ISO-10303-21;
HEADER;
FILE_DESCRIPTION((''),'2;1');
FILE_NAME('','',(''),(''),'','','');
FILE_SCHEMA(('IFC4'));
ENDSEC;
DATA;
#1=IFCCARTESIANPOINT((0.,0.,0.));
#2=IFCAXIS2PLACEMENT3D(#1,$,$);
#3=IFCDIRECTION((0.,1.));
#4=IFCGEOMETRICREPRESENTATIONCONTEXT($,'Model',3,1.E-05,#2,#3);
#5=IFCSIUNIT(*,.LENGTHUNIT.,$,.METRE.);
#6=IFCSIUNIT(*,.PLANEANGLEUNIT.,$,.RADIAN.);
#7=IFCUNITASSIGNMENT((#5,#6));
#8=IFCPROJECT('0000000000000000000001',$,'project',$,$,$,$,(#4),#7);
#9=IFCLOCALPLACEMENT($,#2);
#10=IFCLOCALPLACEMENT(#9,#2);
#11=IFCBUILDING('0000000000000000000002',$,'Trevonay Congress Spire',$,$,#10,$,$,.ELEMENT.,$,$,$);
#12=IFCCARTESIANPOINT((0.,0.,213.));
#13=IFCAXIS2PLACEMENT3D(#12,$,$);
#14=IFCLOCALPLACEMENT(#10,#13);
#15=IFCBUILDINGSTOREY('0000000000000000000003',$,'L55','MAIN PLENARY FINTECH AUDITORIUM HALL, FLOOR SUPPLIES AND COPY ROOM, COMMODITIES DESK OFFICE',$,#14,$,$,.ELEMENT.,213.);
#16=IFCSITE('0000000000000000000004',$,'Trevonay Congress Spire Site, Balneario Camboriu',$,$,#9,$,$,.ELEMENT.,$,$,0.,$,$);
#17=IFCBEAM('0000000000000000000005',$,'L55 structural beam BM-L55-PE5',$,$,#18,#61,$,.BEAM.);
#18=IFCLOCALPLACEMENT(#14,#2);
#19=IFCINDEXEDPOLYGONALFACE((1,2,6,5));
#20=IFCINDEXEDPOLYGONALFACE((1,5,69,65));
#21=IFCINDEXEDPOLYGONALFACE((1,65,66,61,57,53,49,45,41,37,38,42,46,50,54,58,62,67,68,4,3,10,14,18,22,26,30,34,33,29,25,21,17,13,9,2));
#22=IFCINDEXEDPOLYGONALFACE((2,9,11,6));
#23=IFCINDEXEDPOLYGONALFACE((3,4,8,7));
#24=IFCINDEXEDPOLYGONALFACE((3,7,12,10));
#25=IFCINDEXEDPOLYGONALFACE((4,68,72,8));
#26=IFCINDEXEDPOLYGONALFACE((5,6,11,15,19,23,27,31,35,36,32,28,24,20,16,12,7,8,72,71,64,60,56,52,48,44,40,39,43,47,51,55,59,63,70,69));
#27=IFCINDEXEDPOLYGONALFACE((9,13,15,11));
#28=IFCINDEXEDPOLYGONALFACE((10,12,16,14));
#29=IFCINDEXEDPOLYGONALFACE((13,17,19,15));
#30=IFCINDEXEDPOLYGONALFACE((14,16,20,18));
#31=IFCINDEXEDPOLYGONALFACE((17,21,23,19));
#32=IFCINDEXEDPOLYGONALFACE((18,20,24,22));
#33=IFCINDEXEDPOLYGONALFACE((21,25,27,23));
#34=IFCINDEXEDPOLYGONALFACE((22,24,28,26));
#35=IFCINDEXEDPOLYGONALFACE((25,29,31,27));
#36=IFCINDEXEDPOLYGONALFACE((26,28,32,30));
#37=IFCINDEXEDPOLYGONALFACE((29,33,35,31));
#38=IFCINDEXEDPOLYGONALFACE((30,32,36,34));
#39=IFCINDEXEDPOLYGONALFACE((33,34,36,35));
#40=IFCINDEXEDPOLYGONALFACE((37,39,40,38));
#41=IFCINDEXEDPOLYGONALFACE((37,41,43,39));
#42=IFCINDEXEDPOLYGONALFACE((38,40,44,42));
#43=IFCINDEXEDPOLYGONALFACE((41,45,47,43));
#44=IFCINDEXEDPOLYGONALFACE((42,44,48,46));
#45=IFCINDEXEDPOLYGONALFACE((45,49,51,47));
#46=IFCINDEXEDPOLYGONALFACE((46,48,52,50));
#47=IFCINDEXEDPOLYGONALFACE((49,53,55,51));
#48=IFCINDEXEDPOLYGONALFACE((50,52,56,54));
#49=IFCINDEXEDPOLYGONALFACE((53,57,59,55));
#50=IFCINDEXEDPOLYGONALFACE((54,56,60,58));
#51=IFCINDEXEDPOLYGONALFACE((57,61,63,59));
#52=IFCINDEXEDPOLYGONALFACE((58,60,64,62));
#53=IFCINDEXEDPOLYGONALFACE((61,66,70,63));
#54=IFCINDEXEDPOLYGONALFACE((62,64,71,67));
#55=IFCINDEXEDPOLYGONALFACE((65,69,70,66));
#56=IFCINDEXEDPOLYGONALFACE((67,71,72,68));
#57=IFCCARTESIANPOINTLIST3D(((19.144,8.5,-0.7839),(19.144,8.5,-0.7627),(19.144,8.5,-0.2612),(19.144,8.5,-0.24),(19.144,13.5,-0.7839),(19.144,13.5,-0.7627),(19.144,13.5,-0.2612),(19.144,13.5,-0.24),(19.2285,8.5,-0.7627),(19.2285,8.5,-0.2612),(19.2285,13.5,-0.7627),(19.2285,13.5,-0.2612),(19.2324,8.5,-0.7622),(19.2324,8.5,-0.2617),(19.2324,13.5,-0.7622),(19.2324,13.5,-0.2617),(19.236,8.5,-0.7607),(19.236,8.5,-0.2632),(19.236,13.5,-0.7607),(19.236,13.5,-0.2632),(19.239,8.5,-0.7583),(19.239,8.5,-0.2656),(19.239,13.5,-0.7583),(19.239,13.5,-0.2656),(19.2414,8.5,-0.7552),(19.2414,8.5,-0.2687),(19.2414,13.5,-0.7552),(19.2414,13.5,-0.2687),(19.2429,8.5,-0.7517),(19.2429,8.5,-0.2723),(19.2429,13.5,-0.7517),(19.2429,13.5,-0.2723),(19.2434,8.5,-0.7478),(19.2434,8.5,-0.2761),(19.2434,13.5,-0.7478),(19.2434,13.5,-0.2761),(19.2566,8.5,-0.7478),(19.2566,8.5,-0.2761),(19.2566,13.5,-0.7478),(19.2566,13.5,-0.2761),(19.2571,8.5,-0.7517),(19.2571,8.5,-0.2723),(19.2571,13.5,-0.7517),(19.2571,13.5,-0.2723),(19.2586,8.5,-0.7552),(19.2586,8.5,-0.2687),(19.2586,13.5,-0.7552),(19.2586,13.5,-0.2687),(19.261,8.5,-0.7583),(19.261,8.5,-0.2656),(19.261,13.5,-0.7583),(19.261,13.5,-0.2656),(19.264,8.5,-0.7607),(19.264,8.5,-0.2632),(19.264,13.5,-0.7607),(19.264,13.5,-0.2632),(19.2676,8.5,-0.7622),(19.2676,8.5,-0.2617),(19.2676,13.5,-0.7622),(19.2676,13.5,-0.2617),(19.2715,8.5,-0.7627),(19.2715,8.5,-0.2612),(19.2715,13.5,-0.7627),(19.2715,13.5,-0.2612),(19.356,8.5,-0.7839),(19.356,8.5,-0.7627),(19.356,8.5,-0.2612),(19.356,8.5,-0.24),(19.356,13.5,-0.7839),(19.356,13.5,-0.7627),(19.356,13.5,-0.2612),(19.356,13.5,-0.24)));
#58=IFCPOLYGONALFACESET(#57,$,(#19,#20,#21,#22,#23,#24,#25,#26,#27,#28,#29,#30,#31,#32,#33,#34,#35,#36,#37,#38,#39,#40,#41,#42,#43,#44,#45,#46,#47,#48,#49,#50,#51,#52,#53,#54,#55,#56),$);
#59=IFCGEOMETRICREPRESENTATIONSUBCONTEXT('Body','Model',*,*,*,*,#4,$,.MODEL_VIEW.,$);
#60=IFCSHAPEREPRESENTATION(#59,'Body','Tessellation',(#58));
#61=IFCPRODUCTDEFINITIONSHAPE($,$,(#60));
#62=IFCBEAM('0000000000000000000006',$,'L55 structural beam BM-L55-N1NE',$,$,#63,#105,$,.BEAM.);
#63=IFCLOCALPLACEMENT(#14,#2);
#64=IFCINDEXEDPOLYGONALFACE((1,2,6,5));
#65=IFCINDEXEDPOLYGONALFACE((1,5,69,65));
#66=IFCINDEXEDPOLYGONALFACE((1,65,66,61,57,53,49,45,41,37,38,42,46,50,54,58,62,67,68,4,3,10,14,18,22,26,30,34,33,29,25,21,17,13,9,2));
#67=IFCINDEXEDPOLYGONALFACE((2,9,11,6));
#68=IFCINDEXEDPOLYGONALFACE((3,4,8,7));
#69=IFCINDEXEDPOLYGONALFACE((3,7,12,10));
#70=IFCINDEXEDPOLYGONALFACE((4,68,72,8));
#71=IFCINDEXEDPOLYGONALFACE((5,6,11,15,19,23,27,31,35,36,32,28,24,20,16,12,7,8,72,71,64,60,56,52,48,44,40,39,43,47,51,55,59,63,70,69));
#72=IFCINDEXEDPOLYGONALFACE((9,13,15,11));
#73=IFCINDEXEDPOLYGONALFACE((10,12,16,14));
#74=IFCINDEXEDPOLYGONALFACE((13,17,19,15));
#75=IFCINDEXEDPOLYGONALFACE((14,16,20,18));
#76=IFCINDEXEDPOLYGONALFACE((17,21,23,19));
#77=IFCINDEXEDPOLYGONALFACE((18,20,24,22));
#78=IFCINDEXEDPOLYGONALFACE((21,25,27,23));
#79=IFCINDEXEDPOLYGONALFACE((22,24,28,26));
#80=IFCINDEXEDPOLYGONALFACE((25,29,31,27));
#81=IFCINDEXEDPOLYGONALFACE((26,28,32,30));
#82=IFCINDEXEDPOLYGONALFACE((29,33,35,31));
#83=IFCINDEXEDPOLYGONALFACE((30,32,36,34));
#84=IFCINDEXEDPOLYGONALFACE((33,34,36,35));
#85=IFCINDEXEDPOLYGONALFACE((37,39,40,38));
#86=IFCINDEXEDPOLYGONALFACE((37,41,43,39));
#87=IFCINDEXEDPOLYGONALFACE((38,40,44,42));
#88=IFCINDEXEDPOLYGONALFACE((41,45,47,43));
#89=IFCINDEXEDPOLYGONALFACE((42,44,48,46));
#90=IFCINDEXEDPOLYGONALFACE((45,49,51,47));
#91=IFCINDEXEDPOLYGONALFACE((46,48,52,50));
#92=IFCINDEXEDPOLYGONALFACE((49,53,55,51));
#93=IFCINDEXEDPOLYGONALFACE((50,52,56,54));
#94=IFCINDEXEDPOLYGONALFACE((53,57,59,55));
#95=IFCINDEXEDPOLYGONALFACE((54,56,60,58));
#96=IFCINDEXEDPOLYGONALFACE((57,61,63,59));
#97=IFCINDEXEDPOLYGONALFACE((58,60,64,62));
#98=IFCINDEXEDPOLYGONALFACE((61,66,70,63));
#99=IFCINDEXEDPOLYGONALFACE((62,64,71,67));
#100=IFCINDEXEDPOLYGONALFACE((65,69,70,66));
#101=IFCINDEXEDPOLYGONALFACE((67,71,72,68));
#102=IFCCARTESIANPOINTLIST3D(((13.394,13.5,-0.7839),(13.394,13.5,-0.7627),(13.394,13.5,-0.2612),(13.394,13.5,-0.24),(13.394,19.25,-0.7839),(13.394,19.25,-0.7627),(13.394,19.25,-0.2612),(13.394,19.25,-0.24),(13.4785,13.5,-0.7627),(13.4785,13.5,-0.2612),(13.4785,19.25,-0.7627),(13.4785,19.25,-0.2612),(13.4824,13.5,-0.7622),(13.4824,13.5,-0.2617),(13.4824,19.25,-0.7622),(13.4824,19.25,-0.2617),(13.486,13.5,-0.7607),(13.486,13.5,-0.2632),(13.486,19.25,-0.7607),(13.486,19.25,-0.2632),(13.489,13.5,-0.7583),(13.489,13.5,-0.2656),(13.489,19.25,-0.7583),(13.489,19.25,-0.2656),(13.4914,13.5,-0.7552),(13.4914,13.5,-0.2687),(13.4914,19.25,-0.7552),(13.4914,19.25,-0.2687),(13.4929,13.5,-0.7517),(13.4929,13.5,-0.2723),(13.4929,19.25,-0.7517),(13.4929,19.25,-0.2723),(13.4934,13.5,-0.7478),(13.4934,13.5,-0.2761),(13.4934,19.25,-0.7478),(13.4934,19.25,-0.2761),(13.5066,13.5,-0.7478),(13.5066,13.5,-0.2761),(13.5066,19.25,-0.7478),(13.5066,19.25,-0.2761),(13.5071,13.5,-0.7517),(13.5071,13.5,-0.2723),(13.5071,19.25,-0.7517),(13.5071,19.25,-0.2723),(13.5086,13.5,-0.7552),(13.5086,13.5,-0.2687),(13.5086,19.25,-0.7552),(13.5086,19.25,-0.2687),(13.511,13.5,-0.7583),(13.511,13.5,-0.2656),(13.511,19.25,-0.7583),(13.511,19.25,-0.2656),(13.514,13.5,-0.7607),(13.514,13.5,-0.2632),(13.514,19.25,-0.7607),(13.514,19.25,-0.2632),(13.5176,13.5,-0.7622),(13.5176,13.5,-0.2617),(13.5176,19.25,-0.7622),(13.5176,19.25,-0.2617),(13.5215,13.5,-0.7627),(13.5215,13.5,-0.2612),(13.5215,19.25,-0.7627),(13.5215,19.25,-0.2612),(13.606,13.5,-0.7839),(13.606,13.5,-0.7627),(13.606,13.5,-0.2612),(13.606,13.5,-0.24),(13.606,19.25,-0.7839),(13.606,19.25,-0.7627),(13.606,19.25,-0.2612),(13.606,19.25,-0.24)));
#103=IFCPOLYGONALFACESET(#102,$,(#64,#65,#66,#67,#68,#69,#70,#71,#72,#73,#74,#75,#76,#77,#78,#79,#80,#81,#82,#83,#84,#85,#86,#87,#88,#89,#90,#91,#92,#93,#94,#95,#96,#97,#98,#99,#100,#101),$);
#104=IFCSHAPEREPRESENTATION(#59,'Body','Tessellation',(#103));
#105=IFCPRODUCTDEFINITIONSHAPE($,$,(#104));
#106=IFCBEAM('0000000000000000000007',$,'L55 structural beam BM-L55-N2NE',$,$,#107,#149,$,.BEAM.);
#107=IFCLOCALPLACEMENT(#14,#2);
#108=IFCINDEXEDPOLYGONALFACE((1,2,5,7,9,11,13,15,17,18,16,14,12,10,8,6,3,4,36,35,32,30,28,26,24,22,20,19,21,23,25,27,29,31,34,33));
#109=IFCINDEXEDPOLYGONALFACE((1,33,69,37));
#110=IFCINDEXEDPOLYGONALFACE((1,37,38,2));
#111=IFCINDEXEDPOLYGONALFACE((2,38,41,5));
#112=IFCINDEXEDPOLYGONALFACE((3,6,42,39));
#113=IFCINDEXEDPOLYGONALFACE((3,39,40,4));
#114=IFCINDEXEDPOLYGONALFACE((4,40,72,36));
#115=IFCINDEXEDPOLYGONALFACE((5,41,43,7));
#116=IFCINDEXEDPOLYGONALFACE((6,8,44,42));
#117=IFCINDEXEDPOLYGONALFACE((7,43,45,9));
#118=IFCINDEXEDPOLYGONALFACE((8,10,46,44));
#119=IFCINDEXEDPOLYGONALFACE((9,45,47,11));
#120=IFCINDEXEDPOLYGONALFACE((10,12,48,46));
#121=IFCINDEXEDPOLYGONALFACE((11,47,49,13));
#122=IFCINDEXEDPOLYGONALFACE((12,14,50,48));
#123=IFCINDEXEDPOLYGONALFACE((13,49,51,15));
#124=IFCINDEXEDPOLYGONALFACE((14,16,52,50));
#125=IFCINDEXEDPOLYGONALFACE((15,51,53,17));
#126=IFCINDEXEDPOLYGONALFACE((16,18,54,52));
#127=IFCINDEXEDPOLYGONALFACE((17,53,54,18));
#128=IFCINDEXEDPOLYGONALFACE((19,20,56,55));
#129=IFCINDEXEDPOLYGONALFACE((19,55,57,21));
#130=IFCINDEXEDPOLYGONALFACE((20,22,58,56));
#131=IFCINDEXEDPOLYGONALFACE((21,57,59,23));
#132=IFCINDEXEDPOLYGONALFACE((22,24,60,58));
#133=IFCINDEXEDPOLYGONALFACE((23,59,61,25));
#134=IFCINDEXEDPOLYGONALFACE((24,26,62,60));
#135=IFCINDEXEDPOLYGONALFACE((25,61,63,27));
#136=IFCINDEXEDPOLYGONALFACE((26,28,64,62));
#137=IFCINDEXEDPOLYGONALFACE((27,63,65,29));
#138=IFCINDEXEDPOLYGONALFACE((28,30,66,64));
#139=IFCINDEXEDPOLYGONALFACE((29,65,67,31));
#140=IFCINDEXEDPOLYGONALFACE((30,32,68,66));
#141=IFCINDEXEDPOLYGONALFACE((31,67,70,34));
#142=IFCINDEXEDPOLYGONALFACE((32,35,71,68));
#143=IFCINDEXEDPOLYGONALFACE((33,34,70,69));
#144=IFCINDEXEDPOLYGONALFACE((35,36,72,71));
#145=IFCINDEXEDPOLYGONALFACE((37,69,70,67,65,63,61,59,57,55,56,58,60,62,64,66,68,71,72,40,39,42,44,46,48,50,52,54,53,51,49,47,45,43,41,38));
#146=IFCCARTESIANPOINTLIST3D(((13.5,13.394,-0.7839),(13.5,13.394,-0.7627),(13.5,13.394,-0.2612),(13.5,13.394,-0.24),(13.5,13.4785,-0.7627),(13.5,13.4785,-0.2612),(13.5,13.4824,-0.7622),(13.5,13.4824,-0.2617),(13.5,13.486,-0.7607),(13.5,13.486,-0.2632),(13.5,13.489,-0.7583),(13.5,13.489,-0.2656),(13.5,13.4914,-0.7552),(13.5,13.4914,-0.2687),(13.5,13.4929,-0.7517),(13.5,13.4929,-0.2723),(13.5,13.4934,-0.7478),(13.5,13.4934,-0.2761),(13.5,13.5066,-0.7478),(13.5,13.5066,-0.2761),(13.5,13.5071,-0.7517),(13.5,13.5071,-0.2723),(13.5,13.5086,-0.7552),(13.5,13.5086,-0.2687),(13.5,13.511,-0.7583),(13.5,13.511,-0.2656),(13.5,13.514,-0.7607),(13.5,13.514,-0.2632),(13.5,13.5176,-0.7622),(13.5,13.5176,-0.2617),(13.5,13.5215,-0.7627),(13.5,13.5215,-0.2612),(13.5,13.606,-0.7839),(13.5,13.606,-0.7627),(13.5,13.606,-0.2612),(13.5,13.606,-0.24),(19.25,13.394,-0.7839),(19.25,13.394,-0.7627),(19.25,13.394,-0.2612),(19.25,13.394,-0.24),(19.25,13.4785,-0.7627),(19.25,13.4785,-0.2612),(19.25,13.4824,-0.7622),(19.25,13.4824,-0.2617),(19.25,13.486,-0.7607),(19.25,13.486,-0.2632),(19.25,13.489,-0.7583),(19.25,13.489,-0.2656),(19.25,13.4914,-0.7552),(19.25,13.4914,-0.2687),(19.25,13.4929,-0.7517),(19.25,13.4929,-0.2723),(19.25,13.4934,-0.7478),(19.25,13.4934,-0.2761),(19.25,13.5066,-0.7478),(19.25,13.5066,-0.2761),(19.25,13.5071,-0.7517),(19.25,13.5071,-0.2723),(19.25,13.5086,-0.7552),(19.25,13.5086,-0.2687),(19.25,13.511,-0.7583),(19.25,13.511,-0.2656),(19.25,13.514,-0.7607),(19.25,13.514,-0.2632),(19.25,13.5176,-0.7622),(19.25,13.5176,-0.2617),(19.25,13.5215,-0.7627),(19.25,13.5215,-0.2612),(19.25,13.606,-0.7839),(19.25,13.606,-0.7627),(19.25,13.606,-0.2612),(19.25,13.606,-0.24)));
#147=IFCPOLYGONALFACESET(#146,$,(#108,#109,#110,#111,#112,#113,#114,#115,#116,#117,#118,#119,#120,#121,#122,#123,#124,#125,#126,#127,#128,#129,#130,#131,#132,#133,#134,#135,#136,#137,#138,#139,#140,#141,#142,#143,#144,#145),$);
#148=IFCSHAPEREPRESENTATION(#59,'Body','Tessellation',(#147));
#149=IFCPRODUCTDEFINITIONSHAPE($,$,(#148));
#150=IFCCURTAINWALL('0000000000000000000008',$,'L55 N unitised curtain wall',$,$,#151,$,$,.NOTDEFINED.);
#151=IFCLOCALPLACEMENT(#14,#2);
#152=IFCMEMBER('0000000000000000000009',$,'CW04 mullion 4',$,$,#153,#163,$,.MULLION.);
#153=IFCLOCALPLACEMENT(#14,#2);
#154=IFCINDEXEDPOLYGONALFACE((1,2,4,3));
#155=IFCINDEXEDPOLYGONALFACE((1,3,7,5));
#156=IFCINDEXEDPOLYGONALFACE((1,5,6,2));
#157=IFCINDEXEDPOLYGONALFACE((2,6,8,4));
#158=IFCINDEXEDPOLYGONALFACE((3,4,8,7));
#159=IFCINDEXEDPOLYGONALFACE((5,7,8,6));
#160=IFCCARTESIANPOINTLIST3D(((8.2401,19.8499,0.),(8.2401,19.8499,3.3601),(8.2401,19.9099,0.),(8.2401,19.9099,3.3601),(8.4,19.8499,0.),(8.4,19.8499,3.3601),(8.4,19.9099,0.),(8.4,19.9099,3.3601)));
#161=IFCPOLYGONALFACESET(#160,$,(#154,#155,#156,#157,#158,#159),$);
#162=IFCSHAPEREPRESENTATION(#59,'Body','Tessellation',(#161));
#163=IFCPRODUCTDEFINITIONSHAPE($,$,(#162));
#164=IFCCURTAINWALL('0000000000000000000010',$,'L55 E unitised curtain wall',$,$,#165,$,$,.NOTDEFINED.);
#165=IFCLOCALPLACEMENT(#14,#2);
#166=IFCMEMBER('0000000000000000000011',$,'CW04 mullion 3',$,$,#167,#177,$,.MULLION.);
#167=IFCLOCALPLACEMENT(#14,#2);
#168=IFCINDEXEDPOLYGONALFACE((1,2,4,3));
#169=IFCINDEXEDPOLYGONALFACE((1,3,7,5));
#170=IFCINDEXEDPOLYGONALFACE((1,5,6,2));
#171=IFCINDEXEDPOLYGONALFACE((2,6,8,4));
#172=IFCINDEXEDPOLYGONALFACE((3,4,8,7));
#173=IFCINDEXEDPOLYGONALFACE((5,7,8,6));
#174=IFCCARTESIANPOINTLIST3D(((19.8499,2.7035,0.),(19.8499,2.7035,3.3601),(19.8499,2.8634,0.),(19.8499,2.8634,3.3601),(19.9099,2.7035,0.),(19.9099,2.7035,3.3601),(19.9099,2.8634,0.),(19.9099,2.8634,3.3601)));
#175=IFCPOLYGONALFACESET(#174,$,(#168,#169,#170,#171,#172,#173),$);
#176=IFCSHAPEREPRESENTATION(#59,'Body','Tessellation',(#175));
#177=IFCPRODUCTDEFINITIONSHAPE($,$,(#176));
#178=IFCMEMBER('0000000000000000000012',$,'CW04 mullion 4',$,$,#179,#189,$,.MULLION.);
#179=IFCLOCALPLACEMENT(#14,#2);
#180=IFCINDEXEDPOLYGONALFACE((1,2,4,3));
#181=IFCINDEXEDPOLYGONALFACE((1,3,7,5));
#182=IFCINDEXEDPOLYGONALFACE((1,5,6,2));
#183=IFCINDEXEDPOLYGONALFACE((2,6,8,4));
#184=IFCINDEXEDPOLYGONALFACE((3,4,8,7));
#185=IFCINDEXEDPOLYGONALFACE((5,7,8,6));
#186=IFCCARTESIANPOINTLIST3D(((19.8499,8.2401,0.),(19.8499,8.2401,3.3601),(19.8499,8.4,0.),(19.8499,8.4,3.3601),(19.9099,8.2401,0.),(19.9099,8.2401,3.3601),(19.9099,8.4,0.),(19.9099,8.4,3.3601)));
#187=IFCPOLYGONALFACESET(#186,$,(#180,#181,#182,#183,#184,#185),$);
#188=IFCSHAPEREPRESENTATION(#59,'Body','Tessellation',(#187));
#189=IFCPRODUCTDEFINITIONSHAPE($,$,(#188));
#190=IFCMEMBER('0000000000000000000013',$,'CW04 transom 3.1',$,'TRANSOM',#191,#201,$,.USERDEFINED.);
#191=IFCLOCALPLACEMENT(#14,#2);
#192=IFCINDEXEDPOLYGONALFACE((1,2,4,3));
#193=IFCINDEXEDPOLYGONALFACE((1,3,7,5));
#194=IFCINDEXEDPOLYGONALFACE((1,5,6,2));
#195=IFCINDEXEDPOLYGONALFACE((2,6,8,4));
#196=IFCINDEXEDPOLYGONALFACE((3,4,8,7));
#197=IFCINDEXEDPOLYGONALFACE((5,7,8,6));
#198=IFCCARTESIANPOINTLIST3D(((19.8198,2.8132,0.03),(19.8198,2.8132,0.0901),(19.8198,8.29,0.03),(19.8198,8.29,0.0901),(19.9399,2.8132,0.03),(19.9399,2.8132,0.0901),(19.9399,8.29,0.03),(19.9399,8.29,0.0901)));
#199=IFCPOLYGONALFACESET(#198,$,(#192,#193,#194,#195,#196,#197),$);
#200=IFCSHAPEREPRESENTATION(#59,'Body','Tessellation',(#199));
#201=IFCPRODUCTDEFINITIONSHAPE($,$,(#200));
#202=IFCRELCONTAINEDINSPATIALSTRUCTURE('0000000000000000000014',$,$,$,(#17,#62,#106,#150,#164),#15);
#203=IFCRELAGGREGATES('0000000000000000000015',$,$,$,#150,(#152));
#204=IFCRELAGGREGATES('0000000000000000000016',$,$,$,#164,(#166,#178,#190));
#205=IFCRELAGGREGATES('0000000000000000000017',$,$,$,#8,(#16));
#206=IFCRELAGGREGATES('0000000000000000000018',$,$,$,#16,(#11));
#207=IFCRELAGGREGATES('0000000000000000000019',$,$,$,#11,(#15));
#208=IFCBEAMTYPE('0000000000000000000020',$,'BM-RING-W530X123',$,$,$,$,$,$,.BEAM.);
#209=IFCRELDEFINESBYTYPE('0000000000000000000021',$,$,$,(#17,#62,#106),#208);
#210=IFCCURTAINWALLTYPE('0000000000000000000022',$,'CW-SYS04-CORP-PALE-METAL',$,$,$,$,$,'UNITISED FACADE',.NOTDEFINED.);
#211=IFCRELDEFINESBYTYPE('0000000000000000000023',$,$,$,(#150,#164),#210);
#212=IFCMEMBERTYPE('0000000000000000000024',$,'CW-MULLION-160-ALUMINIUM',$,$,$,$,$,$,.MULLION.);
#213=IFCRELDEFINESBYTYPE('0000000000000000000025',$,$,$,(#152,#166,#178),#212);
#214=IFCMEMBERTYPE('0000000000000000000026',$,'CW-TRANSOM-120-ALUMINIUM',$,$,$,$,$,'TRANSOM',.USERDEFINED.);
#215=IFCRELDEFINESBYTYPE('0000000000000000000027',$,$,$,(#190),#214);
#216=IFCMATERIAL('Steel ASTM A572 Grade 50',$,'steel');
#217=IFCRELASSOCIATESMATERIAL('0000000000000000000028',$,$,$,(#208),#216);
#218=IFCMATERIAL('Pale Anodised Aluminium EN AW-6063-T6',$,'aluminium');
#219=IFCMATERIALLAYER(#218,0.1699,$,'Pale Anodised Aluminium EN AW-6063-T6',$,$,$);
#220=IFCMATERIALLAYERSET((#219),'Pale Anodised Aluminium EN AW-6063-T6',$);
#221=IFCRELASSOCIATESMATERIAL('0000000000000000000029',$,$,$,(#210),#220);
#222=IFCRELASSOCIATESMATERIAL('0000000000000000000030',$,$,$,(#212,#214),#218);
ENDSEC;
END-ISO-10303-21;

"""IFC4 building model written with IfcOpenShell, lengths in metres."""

from ifc_helpers import new_model, si_unit, direction, frame, origin, origin_2d, place, context, subcontext, project, spatial, rectangle, i_section, extrude, material, layer, layer_set, material_profile, profile_set, type_object, element, aggregate, save


model = new_model("IFC4")

# Units and contexts
model_context = context("Model", 3, precision=1e-05, world=origin(), true_north=direction((0.0, 1.0)))
body_context = subcontext(model_context, "Body", "Model", "MODEL_VIEW")
ifc_project = project(units=[si_unit("LENGTHUNIT", "METRE"), si_unit("PLANEANGLEUNIT", "RADIAN")], contexts=[model_context])

# Site, building, storey
site_placement = place(None, origin())
site = spatial("IfcSite", under=ifc_project, at=site_placement, Name="Trevonay Congress Spire Site, Balneario Camboriu", CompositionType="ELEMENT", RefElevation=0.0)
building_placement = place(site_placement, origin())
building = spatial("IfcBuilding", under=site, at=building_placement, Name="Trevonay Congress Spire", CompositionType="ELEMENT")
storey_placement = place(building_placement, frame((0.0, 0.0, 213.0)))
storey = spatial("IfcBuildingStorey", under=building, at=storey_placement, Name="L55", Description="MAIN PLENARY FINTECH AUDITORIUM HALL, FLOOR SUPPLIES AND COPY ROOM, COMMODITIES DESK OFFICE", CompositionType="ELEMENT", Elevation=213.0)

# Shared definitions
ifc_material_1 = material(Name="Steel ASTM A572 Grade 50", Category="steel")

# Beams
ifc_material_profile_1 = material_profile(ifc_material_1, i_section(OverallWidth=0.2119, OverallDepth=0.5439, WebThickness=0.0132, FlangeThickness=0.0212, FilletRadius=0.0149, at=origin_2d()), Name="W530x123")
ifc_profile_set_1 = profile_set([ifc_material_profile_1], Name="Steel ASTM A572 Grade 50")
beam_type_1 = type_object("IfcBeamType", Name="BM-RING-W530X123", PredefinedType="BEAM", material=ifc_profile_set_1)
for number, where, z_axis, x_axis, name in (
    (1, (19.25, 8.5, -0.512), (0.0, 1.0, 0.0), (-1.0, 0.0, 0.0), "L55 structural beam BM-L55-PE5"),
):
    element("IfcBeam", number, at=place(storey_placement, frame(where, z_axis=z_axis, x_axis=x_axis)), inside=storey, type_object=beam_type_1, Name=name, PredefinedType="BEAM", context=body_context, shape_type="SweptSolid", body=[
        extrude(i_section(OverallWidth=0.2119, OverallDepth=0.5439, WebThickness=0.0132, FlangeThickness=0.0212, FilletRadius=0.0149, at=origin_2d()), origin(), (0.0, 0.0, 1.0), 5.0),
    ])
for number, where, z_axis, x_axis, name in (
    (2, (13.5, 19.25, -0.512), (0.0, -1.0, 0.0), (1.0, 0.0, 0.0), "L55 structural beam BM-L55-N1NE"),
    (3, (19.25, 13.5, -0.512), (-1.0, 0.0, 0.0), (0.0, -1.0, 0.0), "L55 structural beam BM-L55-N2NE"),
):
    element("IfcBeam", number, at=place(storey_placement, frame(where, z_axis=z_axis, x_axis=x_axis)), inside=storey, type_object=beam_type_1, Name=name, PredefinedType="BEAM", context=body_context, shape_type="SweptSolid", body=[
        extrude(i_section(OverallWidth=0.2119, OverallDepth=0.5439, WebThickness=0.0132, FlangeThickness=0.0212, FilletRadius=0.0149, at=origin_2d()), origin(), (0.0, 0.0, 1.0), 5.75),
    ])

# Curtain wall, member
ifc_material_2 = material(Name="Pale Anodised Aluminium EN AW-6063-T6", Category="aluminium")
ifc_layer_1 = layer(ifc_material_2, 0.1699, Name="Pale Anodised Aluminium EN AW-6063-T6")
ifc_layer_set_1 = layer_set([ifc_layer_1], Name="Pale Anodised Aluminium EN AW-6063-T6")
curtain_wall_type = type_object("IfcCurtainWallType", Name="CW-SYS04-CORP-PALE-METAL", ElementType="UNITISED FACADE", PredefinedType="NOTDEFINED", material=ifc_layer_set_1)
curtain_wall_1_placement = place(storey_placement, origin())
curtain_wall_1 = element("IfcCurtainWall", 4, at=curtain_wall_1_placement, inside=storey, type_object=curtain_wall_type, Name="L55 N unitised curtain wall", PredefinedType="NOTDEFINED")
ifc_material_profile_2 = material_profile(ifc_material_2, rectangle(XDim=0.0601, YDim=0.1599, at=origin_2d()), Name="CW-MULLION-160-ALUMINIUM")
ifc_profile_set_2 = profile_set([ifc_material_profile_2], Name="Pale Anodised Aluminium EN AW-6063-T6")
member_type_1 = type_object("IfcMemberType", Name="CW-MULLION-160-ALUMINIUM", PredefinedType="MULLION", material=ifc_profile_set_2)
member_1_placement = place(storey_placement, frame((8.3201, 19.8799, 0.0), z_axis=(0.0, 0.0, 1.0), x_axis=(0.0, 1.0, 0.0)))
member_1 = element("IfcMember", 5, at=member_1_placement, type_object=member_type_1, Name="CW04 mullion 4", PredefinedType="MULLION", context=body_context, shape_type="SweptSolid", body=[
    extrude(rectangle(XDim=0.0601, YDim=0.1599, at=origin_2d()), origin(), (0.0, 0.0, 1.0), 3.3601),
])

# Curtain wall, members
curtain_wall_2_placement = place(storey_placement, origin())
curtain_wall_2 = element("IfcCurtainWall", 6, at=curtain_wall_2_placement, inside=storey, type_object=curtain_wall_type, Name="L55 E unitised curtain wall", PredefinedType="NOTDEFINED")
member_2_placement = place(storey_placement, frame((19.8799, 2.7834, 0.0), z_axis=(0.0, 0.0, 1.0), x_axis=(-1.0, 0.0, 0.0)))
member_2 = element("IfcMember", 7, at=member_2_placement, type_object=member_type_1, Name="CW04 mullion 3", PredefinedType="MULLION", context=body_context, shape_type="SweptSolid", body=[
    extrude(rectangle(XDim=0.0601, YDim=0.1599, at=origin_2d()), origin(), (0.0, 0.0, 1.0), 3.3601),
])
member_3_placement = place(storey_placement, frame((19.8799, 8.3201, 0.0), z_axis=(0.0, 0.0, 1.0), x_axis=(-1.0, 0.0, 0.0)))
member_3 = element("IfcMember", 8, at=member_3_placement, type_object=member_type_1, Name="CW04 mullion 4", PredefinedType="MULLION", context=body_context, shape_type="SweptSolid", body=[
    extrude(rectangle(XDim=0.0601, YDim=0.1599, at=origin_2d()), origin(), (0.0, 0.0, 1.0), 3.3601),
])
ifc_material_profile_3 = material_profile(ifc_material_2, rectangle(XDim=0.1201, YDim=0.0601, at=origin_2d()), Name="CW-TRANSOM-120-ALUMINIUM")
ifc_profile_set_3 = profile_set([ifc_material_profile_3], Name="Pale Anodised Aluminium EN AW-6063-T6")
member_type_2 = type_object("IfcMemberType", Name="CW-TRANSOM-120-ALUMINIUM", ElementType="TRANSOM", PredefinedType="USERDEFINED", material=ifc_profile_set_3)
member_4_placement = place(storey_placement, frame((19.8799, 2.8132, 0.0601), z_axis=(0.0, 1.0, 0.0), x_axis=(-1.0, 0.0, 0.0)))
member_4 = element("IfcMember", 9, at=member_4_placement, type_object=member_type_2, Name="CW04 transom 3.1", ObjectType="TRANSOM", PredefinedType="USERDEFINED", context=body_context, shape_type="SweptSolid", body=[
    extrude(rectangle(XDim=0.1201, YDim=0.0601, at=origin_2d()), origin(), (0.0, 0.0, 1.0), 5.4768),
])

aggregate(curtain_wall_1, [member_1])
aggregate(curtain_wall_2, [member_2, member_3, member_4])

save(model, "model.ifc")
